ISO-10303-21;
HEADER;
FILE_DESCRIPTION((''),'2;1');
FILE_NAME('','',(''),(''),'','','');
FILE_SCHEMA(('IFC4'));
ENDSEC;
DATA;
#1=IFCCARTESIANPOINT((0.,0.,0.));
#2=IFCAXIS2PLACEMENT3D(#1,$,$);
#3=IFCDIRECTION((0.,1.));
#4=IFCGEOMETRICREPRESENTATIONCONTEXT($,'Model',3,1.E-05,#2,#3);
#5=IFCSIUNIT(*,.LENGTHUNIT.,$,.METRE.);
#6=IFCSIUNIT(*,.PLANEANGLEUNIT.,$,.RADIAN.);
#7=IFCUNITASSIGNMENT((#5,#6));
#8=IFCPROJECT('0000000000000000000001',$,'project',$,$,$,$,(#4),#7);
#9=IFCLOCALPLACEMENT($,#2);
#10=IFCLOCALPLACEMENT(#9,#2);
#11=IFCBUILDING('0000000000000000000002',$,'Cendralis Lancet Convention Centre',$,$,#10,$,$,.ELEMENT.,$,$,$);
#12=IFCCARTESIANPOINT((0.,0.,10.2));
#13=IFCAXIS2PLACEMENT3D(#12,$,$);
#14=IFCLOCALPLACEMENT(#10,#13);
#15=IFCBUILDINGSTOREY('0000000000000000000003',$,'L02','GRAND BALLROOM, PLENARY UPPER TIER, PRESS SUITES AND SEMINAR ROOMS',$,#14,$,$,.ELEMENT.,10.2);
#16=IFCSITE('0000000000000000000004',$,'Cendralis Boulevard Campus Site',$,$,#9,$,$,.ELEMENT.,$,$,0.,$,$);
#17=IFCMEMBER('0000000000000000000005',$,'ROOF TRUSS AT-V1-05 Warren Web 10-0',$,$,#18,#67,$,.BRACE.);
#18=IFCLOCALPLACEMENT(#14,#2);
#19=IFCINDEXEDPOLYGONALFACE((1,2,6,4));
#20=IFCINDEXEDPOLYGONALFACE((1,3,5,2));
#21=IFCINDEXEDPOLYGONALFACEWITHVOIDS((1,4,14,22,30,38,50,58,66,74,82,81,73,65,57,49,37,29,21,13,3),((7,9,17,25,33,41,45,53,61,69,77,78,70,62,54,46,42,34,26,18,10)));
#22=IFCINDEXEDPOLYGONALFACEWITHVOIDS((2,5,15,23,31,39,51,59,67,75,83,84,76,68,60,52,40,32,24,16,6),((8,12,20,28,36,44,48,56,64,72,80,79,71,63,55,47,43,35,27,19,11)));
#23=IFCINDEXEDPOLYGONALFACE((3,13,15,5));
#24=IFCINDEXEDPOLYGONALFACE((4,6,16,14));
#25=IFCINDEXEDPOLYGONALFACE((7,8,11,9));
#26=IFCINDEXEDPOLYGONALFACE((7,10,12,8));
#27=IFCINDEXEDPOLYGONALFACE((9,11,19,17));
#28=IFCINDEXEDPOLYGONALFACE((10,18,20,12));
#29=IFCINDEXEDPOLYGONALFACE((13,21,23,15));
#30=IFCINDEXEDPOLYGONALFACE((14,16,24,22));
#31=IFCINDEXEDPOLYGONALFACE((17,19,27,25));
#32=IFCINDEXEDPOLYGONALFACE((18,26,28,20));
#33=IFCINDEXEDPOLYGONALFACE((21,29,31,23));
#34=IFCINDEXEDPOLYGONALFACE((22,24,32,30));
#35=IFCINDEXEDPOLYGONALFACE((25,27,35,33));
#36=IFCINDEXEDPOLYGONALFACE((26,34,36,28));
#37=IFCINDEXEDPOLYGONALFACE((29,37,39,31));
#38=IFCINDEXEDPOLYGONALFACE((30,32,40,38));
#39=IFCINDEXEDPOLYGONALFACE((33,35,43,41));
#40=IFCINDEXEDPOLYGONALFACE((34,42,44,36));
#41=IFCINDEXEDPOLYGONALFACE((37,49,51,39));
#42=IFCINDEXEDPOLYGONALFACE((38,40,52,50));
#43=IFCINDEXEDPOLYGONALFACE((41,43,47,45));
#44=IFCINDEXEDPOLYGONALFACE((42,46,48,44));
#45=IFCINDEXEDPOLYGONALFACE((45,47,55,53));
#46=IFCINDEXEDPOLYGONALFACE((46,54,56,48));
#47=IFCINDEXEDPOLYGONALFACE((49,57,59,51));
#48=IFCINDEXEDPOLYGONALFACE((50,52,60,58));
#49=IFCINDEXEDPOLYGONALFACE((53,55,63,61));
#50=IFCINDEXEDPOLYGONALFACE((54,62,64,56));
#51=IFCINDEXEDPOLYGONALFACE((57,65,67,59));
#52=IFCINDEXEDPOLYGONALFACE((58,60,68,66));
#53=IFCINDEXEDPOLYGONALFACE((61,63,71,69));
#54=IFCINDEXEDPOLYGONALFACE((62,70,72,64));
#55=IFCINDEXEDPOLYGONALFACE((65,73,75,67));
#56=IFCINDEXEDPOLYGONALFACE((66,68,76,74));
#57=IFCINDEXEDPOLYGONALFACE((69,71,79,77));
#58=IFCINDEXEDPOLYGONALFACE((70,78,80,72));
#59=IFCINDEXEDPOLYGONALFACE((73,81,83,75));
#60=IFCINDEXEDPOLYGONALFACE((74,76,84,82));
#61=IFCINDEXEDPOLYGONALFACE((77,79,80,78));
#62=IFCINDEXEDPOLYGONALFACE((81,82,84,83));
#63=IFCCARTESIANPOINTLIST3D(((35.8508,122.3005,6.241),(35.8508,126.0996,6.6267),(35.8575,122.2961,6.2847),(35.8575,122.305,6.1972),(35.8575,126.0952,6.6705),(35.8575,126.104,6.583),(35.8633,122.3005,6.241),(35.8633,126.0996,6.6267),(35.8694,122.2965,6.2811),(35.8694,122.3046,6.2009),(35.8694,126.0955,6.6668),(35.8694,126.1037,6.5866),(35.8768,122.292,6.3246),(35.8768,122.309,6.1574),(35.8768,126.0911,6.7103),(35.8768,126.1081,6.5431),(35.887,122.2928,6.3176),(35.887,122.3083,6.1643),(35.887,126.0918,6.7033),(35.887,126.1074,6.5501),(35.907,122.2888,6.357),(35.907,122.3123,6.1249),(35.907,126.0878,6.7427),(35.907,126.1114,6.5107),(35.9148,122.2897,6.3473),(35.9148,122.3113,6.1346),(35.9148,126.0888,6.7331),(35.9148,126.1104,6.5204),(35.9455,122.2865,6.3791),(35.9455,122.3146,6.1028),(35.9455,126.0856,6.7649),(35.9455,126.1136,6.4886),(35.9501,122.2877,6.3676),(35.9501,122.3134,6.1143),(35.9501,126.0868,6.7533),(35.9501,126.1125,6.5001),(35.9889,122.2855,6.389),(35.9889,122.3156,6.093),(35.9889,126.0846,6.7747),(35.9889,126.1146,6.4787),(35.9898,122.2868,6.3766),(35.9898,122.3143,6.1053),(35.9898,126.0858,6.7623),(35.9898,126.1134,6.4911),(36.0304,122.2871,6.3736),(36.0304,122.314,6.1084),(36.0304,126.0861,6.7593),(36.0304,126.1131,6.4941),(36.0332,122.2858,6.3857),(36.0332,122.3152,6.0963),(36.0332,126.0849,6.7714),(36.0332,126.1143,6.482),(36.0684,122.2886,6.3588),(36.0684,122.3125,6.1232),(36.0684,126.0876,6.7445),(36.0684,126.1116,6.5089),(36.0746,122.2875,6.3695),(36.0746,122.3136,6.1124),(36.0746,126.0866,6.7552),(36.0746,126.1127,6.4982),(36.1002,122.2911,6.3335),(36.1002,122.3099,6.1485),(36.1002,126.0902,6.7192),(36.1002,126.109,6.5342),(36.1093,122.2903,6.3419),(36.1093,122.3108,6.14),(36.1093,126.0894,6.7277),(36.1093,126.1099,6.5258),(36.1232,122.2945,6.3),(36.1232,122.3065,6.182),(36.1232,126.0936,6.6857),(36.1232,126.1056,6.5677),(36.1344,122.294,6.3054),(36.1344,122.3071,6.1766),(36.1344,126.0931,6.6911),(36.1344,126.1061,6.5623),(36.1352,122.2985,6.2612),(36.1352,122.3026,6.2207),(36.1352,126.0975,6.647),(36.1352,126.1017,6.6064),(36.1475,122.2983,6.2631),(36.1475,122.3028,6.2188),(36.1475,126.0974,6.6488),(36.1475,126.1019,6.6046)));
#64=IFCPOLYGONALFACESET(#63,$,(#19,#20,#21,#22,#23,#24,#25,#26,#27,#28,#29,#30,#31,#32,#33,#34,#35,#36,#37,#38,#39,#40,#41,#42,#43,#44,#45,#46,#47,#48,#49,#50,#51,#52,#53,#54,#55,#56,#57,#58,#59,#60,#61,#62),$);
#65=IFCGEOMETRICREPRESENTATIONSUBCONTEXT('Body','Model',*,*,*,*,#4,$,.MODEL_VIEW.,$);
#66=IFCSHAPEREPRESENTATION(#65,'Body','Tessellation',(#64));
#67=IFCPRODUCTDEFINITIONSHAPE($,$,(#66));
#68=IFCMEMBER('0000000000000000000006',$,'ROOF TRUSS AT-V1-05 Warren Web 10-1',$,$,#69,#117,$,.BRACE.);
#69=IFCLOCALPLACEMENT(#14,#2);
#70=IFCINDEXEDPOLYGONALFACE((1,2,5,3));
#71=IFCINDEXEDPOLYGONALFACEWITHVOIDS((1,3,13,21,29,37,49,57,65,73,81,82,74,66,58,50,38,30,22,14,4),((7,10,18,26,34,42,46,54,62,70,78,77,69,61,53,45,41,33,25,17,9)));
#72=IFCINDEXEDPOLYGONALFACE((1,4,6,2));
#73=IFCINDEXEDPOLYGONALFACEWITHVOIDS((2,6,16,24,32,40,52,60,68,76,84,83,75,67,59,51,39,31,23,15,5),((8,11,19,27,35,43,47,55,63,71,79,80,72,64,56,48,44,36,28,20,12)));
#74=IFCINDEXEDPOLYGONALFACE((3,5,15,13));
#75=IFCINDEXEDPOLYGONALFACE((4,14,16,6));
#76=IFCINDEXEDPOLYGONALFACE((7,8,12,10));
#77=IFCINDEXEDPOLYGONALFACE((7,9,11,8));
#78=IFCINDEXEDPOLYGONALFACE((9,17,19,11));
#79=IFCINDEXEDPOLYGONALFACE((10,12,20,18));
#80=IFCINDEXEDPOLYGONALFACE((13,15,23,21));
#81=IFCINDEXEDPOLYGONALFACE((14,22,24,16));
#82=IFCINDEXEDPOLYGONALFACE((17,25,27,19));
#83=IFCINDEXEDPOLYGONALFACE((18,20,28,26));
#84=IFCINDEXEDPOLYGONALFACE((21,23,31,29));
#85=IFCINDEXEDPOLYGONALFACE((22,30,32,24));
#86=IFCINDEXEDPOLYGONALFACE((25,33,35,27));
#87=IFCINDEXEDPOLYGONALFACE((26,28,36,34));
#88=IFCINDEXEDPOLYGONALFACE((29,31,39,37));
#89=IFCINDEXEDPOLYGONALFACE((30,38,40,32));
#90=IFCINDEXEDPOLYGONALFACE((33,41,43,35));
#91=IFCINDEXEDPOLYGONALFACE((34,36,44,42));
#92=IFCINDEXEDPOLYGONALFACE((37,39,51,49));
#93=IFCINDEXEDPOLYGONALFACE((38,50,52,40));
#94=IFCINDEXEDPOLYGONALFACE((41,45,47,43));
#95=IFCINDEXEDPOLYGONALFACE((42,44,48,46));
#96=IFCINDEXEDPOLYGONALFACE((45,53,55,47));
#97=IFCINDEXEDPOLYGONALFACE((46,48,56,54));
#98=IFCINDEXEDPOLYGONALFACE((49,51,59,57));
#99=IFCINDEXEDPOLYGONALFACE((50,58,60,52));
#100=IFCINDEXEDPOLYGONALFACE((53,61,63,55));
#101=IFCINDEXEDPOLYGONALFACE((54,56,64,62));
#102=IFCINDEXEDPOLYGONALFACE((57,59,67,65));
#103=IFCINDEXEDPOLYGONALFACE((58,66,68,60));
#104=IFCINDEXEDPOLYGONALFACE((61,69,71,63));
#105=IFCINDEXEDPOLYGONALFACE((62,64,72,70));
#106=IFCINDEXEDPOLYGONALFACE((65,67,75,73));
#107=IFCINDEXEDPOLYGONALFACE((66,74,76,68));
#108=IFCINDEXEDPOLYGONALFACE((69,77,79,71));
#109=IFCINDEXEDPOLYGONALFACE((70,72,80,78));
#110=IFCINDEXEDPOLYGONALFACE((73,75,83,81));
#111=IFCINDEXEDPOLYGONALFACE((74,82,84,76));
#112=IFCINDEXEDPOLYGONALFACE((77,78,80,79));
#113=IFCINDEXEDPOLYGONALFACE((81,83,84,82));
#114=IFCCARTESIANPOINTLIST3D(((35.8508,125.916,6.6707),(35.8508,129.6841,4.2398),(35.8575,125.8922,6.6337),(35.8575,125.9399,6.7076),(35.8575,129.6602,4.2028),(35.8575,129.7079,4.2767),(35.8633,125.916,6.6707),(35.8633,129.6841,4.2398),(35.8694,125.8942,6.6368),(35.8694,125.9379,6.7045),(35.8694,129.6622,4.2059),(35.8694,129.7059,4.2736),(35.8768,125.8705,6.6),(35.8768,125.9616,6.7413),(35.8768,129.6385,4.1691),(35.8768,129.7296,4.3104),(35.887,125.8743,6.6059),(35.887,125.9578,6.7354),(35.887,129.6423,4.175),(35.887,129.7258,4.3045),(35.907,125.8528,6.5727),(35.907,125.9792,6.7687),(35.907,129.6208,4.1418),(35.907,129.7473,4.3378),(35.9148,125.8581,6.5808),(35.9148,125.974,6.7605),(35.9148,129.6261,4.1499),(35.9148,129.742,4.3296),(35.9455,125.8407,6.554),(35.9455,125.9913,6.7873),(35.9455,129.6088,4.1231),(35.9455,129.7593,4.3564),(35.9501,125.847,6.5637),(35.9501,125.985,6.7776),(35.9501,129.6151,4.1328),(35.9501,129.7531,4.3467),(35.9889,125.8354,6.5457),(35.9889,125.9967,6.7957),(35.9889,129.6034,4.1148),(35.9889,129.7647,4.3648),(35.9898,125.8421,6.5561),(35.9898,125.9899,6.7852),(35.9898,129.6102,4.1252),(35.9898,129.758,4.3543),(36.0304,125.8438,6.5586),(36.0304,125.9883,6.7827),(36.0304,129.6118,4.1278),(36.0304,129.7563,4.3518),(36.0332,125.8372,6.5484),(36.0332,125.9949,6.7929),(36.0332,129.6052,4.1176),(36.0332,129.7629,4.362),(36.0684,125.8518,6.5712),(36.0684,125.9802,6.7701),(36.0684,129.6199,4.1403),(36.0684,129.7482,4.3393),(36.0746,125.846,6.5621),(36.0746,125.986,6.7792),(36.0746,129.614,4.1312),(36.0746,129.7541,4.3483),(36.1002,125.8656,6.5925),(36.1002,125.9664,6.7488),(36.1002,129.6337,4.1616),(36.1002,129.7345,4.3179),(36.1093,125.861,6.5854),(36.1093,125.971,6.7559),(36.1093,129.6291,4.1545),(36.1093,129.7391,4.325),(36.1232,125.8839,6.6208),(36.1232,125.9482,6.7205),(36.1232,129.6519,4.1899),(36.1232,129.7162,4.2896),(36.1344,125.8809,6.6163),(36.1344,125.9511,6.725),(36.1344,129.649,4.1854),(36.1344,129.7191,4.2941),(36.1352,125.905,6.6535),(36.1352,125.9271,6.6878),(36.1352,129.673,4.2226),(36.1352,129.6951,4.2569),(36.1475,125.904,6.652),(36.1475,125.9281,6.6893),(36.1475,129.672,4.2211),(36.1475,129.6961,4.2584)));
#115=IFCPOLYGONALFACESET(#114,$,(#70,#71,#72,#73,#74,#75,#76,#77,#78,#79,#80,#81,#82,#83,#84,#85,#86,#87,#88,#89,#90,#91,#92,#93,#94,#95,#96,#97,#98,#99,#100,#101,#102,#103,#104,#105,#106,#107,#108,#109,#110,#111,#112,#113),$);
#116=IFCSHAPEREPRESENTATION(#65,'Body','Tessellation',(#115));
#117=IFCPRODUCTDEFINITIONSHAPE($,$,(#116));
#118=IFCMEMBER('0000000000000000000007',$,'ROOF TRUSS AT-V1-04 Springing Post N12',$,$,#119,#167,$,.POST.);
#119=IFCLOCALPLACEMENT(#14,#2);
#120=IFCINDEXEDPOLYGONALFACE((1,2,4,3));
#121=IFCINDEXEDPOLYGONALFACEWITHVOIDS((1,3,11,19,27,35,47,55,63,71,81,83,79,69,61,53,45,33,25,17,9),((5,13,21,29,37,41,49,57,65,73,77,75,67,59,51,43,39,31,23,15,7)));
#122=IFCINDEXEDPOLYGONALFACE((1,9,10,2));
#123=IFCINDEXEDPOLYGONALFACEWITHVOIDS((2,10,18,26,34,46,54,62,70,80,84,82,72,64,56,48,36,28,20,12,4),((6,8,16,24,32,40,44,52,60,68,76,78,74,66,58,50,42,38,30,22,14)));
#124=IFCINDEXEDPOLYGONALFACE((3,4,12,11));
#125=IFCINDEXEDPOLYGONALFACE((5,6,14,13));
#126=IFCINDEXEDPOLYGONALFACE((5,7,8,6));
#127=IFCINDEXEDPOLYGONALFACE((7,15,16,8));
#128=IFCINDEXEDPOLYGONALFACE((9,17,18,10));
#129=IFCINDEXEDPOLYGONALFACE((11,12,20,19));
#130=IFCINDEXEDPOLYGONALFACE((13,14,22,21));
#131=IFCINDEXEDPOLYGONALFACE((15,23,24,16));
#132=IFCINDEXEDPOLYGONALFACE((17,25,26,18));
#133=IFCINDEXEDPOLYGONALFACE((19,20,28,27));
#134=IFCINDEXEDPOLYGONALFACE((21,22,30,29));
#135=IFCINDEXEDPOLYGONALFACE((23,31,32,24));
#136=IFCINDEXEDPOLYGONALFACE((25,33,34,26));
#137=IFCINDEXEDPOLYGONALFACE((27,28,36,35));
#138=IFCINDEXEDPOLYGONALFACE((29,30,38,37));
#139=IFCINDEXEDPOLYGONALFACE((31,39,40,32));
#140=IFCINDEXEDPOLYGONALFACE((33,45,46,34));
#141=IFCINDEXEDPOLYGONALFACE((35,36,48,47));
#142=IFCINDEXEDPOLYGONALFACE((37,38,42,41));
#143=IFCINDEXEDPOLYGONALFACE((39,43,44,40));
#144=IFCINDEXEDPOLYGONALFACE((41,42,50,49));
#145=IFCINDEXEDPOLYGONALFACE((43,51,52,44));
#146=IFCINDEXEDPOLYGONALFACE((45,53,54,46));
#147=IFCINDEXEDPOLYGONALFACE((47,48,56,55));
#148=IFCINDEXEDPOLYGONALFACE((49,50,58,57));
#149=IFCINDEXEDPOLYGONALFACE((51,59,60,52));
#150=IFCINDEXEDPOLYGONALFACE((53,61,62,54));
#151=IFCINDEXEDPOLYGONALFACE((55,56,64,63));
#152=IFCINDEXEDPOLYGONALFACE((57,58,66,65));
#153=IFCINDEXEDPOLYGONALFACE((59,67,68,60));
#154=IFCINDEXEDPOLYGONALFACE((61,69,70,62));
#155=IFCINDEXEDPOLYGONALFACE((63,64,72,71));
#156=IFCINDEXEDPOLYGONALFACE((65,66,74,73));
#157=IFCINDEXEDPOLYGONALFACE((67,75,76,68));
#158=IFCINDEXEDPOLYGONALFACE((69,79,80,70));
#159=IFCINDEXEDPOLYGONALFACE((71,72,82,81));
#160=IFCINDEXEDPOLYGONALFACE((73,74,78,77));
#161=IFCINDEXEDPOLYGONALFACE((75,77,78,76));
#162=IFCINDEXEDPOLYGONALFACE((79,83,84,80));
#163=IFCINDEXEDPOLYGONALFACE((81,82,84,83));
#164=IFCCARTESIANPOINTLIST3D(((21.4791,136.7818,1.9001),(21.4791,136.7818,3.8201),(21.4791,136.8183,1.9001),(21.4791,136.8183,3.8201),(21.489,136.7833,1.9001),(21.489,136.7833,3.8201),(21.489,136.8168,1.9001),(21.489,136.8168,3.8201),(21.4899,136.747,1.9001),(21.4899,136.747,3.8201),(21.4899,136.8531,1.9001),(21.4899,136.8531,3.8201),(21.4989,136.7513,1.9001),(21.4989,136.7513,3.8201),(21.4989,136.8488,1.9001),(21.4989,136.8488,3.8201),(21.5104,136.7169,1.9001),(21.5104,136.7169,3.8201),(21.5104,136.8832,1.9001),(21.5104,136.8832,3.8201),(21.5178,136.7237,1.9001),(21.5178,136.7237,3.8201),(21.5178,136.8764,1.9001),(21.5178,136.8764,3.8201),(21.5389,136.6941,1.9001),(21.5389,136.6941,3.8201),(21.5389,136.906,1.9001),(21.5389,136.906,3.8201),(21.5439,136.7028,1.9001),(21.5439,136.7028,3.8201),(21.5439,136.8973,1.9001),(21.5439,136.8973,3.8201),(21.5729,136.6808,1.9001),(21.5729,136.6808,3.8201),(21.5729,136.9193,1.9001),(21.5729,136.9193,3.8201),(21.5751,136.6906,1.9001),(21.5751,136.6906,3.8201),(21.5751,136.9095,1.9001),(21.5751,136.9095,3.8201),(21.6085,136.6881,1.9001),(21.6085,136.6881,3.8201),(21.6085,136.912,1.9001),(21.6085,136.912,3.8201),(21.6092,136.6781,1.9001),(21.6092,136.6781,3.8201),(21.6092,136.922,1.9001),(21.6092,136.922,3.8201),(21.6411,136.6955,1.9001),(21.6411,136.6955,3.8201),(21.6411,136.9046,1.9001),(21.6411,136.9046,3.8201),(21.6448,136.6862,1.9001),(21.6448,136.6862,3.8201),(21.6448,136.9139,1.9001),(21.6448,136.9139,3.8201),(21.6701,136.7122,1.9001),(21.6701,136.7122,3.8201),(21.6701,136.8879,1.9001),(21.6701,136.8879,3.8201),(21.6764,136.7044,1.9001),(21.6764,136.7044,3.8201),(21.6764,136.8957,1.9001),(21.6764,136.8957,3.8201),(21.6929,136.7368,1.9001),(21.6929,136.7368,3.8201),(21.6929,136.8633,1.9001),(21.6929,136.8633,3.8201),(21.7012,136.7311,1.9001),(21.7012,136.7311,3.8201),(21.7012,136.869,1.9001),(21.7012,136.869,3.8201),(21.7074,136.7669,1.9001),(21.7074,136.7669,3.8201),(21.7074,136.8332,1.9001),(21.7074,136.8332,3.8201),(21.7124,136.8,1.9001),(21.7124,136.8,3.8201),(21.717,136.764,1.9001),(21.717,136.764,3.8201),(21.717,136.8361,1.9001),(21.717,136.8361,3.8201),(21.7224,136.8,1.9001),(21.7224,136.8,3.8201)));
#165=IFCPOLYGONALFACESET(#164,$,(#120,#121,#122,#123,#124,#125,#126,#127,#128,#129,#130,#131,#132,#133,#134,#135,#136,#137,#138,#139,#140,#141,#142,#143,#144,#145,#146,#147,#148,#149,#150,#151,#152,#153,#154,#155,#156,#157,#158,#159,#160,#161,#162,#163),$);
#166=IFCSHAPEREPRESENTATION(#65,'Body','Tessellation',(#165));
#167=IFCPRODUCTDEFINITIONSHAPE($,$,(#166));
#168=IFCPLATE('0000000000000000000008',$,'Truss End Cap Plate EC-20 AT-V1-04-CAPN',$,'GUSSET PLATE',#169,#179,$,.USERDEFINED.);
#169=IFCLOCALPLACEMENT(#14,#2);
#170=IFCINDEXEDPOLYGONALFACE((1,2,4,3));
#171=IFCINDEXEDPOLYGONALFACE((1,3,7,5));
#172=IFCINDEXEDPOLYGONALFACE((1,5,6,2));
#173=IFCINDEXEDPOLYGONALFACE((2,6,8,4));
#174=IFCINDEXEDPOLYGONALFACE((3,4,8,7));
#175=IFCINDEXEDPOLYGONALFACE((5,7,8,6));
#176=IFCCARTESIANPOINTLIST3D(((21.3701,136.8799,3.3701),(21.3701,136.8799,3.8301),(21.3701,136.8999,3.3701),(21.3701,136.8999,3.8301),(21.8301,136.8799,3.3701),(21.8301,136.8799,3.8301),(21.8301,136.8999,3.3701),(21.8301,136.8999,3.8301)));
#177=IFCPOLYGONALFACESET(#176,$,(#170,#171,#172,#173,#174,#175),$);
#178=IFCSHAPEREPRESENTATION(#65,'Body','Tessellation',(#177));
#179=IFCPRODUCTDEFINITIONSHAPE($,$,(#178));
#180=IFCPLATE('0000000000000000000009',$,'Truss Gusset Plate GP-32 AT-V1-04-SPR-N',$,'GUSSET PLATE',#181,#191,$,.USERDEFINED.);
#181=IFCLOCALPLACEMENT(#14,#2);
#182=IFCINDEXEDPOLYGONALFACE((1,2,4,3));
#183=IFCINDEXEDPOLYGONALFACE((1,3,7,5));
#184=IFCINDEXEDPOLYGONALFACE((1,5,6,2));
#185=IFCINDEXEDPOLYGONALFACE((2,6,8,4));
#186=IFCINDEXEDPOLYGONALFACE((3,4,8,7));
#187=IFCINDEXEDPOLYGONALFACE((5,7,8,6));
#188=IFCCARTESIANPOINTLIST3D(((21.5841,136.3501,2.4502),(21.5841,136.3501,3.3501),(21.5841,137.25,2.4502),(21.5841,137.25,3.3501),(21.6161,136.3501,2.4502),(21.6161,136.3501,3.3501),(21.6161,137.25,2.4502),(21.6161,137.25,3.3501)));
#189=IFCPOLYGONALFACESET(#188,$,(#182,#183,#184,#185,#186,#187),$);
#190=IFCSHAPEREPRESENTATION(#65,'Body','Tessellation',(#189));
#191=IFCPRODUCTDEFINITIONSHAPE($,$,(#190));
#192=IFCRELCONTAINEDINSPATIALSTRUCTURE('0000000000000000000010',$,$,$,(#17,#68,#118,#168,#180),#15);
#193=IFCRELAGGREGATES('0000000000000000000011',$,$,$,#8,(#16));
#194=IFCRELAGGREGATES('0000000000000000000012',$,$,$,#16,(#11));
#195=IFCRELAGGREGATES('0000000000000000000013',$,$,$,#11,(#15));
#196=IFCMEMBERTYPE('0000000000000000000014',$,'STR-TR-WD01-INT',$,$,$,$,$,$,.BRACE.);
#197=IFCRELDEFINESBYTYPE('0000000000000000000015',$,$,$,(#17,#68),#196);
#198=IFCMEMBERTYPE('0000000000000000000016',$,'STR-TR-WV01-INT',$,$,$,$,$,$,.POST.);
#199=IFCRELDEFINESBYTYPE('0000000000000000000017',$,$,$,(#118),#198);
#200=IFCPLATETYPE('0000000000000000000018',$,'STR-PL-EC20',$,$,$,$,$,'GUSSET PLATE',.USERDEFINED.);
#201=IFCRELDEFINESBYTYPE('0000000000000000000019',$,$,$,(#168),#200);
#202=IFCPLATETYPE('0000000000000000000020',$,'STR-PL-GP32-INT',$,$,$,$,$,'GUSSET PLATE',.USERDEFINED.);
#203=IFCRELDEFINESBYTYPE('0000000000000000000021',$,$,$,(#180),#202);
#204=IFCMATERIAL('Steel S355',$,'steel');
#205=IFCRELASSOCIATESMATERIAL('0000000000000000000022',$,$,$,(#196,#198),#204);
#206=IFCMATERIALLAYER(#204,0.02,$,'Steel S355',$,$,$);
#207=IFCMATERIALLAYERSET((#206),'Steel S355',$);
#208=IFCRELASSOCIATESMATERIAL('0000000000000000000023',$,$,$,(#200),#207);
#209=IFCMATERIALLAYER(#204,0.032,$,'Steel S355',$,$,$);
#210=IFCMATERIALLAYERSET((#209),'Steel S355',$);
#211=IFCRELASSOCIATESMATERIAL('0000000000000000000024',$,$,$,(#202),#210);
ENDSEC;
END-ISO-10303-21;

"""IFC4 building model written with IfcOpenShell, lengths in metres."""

from ifc_helpers import new_model, si_unit, direction, frame, origin, origin_2d, place, context, subcontext, project, spatial, rectangle, hollow_circle, extrude, material, layer, layer_set, material_profile, profile_set, type_object, element, save


model = new_model("IFC4")

# Units and contexts
model_context = context("Model", 3, precision=1e-05, world=origin(), true_north=direction((0.0, 1.0)))
body_context = subcontext(model_context, "Body", "Model", "MODEL_VIEW")
ifc_project = project(units=[si_unit("LENGTHUNIT", "METRE"), si_unit("PLANEANGLEUNIT", "RADIAN")], contexts=[model_context])

# Site, building, storey
site_placement = place(None, origin())
site = spatial("IfcSite", under=ifc_project, at=site_placement, Name="Cendralis Boulevard Campus Site", CompositionType="ELEMENT", RefElevation=0.0)
building_placement = place(site_placement, origin())
building = spatial("IfcBuilding", under=site, at=building_placement, Name="Cendralis Lancet Convention Centre", CompositionType="ELEMENT")
storey_placement = place(building_placement, frame((0.0, 0.0, 10.2)))
storey = spatial("IfcBuildingStorey", under=building, at=storey_placement, Name="L02", Description="GRAND BALLROOM, PLENARY UPPER TIER, PRESS SUITES AND SEMINAR ROOMS", CompositionType="ELEMENT", Elevation=10.2)

# Members
ifc_material_1 = material(Name="Steel S355", Category="steel")
ifc_material_profile_1 = material_profile(ifc_material_1, hollow_circle(Radius=0.1492, WallThickness=0.0125, at=origin_2d()), Name="CHS 298.5x12.5")
ifc_profile_set_1 = profile_set([ifc_material_profile_1], Name="Steel S355")
member_type_1 = type_object("IfcMemberType", Name="STR-TR-WD01-INT", PredefinedType="BRACE", material=ifc_profile_set_1)
member_1_placement = place(storey_placement, frame((36.0, 122.3005, 6.241), z_axis=(0.0, 0.994885, 0.101017), x_axis=(-1.0, 0.0, 0.0)))
element("IfcMember", 1, at=member_1_placement, inside=storey, type_object=member_type_1, Name="ROOF TRUSS AT-V1-05 Warren Web 10-0", PredefinedType="BRACE", context=body_context, shape_type="SweptSolid", body=[
    extrude(hollow_circle(Radius=0.1492, WallThickness=0.0125, at=origin_2d()), origin(), (0.0, 0.0, 1.0), 3.8186),
])
member_2_placement = place(storey_placement, frame((36.0, 125.916, 6.6707), z_axis=(0.0, 0.840307, -0.542111), x_axis=(-1.0, 0.0, 0.0)))
element("IfcMember", 2, at=member_2_placement, inside=storey, type_object=member_type_1, Name="ROOF TRUSS AT-V1-05 Warren Web 10-1", PredefinedType="BRACE", context=body_context, shape_type="SweptSolid", body=[
    extrude(hollow_circle(Radius=0.1492, WallThickness=0.0125, at=origin_2d()), origin(), (0.0, 0.0, 1.0), 4.4841),
])
ifc_material_profile_2 = material_profile(ifc_material_1, hollow_circle(Radius=0.1223, WallThickness=0.01, at=origin_2d()), Name="CHS 244.5x10.0")
ifc_profile_set_2 = profile_set([ifc_material_profile_2], Name="Steel S355")
member_type_2 = type_object("IfcMemberType", Name="STR-TR-WV01-INT", PredefinedType="POST", material=ifc_profile_set_2)
member_3_placement = place(storey_placement, frame((21.6001, 136.8, 1.9001), z_axis=(0.0, 0.0, 1.0), x_axis=(1.0, 0.0, 0.0)))
element("IfcMember", 3, at=member_3_placement, inside=storey, type_object=member_type_2, Name="ROOF TRUSS AT-V1-04 Springing Post N12", PredefinedType="POST", context=body_context, shape_type="SweptSolid", body=[
    extrude(hollow_circle(Radius=0.1223, WallThickness=0.01, at=origin_2d()), origin(), (0.0, 0.0, 1.0), 1.9199),
])

# Plates
ifc_layer_1 = layer(ifc_material_1, 0.02, Name="Steel S355")
ifc_layer_set_1 = layer_set([ifc_layer_1], Name="Steel S355")
plate_type_1 = type_object("IfcPlateType", Name="STR-PL-EC20", ElementType="GUSSET PLATE", PredefinedType="USERDEFINED", material=ifc_layer_set_1)
plate_1_placement = place(storey_placement, frame((21.6001, 136.8899, 3.3701), z_axis=(0.0, 0.0, 1.0), x_axis=(1.0, 0.0, 0.0)))
element("IfcPlate", 4, at=plate_1_placement, inside=storey, type_object=plate_type_1, Name="Truss End Cap Plate EC-20 AT-V1-04-CAPN", ObjectType="GUSSET PLATE", PredefinedType="USERDEFINED", context=body_context, shape_type="SweptSolid", body=[
    extrude(rectangle(XDim=0.46, YDim=0.02, at=origin_2d()), origin(), (0.0, 0.0, 1.0), 0.46),
])
ifc_layer_2 = layer(ifc_material_1, 0.032, Name="Steel S355")
ifc_layer_set_2 = layer_set([ifc_layer_2], Name="Steel S355")
plate_type_2 = type_object("IfcPlateType", Name="STR-PL-GP32-INT", ElementType="GUSSET PLATE", PredefinedType="USERDEFINED", material=ifc_layer_set_2)
plate_2_placement = place(storey_placement, frame((21.6001, 136.8, 2.4502), z_axis=(0.0, 0.0, 1.0), x_axis=(0.0, 1.0, 0.0)))
element("IfcPlate", 5, at=plate_2_placement, inside=storey, type_object=plate_type_2, Name="Truss Gusset Plate GP-32 AT-V1-04-SPR-N", ObjectType="GUSSET PLATE", PredefinedType="USERDEFINED", context=body_context, shape_type="SweptSolid", body=[
    extrude(rectangle(XDim=0.8999, YDim=0.032, at=origin_2d()), origin(), (0.0, 0.0, 1.0), 0.8999),
])

save(model, "model.ifc")
